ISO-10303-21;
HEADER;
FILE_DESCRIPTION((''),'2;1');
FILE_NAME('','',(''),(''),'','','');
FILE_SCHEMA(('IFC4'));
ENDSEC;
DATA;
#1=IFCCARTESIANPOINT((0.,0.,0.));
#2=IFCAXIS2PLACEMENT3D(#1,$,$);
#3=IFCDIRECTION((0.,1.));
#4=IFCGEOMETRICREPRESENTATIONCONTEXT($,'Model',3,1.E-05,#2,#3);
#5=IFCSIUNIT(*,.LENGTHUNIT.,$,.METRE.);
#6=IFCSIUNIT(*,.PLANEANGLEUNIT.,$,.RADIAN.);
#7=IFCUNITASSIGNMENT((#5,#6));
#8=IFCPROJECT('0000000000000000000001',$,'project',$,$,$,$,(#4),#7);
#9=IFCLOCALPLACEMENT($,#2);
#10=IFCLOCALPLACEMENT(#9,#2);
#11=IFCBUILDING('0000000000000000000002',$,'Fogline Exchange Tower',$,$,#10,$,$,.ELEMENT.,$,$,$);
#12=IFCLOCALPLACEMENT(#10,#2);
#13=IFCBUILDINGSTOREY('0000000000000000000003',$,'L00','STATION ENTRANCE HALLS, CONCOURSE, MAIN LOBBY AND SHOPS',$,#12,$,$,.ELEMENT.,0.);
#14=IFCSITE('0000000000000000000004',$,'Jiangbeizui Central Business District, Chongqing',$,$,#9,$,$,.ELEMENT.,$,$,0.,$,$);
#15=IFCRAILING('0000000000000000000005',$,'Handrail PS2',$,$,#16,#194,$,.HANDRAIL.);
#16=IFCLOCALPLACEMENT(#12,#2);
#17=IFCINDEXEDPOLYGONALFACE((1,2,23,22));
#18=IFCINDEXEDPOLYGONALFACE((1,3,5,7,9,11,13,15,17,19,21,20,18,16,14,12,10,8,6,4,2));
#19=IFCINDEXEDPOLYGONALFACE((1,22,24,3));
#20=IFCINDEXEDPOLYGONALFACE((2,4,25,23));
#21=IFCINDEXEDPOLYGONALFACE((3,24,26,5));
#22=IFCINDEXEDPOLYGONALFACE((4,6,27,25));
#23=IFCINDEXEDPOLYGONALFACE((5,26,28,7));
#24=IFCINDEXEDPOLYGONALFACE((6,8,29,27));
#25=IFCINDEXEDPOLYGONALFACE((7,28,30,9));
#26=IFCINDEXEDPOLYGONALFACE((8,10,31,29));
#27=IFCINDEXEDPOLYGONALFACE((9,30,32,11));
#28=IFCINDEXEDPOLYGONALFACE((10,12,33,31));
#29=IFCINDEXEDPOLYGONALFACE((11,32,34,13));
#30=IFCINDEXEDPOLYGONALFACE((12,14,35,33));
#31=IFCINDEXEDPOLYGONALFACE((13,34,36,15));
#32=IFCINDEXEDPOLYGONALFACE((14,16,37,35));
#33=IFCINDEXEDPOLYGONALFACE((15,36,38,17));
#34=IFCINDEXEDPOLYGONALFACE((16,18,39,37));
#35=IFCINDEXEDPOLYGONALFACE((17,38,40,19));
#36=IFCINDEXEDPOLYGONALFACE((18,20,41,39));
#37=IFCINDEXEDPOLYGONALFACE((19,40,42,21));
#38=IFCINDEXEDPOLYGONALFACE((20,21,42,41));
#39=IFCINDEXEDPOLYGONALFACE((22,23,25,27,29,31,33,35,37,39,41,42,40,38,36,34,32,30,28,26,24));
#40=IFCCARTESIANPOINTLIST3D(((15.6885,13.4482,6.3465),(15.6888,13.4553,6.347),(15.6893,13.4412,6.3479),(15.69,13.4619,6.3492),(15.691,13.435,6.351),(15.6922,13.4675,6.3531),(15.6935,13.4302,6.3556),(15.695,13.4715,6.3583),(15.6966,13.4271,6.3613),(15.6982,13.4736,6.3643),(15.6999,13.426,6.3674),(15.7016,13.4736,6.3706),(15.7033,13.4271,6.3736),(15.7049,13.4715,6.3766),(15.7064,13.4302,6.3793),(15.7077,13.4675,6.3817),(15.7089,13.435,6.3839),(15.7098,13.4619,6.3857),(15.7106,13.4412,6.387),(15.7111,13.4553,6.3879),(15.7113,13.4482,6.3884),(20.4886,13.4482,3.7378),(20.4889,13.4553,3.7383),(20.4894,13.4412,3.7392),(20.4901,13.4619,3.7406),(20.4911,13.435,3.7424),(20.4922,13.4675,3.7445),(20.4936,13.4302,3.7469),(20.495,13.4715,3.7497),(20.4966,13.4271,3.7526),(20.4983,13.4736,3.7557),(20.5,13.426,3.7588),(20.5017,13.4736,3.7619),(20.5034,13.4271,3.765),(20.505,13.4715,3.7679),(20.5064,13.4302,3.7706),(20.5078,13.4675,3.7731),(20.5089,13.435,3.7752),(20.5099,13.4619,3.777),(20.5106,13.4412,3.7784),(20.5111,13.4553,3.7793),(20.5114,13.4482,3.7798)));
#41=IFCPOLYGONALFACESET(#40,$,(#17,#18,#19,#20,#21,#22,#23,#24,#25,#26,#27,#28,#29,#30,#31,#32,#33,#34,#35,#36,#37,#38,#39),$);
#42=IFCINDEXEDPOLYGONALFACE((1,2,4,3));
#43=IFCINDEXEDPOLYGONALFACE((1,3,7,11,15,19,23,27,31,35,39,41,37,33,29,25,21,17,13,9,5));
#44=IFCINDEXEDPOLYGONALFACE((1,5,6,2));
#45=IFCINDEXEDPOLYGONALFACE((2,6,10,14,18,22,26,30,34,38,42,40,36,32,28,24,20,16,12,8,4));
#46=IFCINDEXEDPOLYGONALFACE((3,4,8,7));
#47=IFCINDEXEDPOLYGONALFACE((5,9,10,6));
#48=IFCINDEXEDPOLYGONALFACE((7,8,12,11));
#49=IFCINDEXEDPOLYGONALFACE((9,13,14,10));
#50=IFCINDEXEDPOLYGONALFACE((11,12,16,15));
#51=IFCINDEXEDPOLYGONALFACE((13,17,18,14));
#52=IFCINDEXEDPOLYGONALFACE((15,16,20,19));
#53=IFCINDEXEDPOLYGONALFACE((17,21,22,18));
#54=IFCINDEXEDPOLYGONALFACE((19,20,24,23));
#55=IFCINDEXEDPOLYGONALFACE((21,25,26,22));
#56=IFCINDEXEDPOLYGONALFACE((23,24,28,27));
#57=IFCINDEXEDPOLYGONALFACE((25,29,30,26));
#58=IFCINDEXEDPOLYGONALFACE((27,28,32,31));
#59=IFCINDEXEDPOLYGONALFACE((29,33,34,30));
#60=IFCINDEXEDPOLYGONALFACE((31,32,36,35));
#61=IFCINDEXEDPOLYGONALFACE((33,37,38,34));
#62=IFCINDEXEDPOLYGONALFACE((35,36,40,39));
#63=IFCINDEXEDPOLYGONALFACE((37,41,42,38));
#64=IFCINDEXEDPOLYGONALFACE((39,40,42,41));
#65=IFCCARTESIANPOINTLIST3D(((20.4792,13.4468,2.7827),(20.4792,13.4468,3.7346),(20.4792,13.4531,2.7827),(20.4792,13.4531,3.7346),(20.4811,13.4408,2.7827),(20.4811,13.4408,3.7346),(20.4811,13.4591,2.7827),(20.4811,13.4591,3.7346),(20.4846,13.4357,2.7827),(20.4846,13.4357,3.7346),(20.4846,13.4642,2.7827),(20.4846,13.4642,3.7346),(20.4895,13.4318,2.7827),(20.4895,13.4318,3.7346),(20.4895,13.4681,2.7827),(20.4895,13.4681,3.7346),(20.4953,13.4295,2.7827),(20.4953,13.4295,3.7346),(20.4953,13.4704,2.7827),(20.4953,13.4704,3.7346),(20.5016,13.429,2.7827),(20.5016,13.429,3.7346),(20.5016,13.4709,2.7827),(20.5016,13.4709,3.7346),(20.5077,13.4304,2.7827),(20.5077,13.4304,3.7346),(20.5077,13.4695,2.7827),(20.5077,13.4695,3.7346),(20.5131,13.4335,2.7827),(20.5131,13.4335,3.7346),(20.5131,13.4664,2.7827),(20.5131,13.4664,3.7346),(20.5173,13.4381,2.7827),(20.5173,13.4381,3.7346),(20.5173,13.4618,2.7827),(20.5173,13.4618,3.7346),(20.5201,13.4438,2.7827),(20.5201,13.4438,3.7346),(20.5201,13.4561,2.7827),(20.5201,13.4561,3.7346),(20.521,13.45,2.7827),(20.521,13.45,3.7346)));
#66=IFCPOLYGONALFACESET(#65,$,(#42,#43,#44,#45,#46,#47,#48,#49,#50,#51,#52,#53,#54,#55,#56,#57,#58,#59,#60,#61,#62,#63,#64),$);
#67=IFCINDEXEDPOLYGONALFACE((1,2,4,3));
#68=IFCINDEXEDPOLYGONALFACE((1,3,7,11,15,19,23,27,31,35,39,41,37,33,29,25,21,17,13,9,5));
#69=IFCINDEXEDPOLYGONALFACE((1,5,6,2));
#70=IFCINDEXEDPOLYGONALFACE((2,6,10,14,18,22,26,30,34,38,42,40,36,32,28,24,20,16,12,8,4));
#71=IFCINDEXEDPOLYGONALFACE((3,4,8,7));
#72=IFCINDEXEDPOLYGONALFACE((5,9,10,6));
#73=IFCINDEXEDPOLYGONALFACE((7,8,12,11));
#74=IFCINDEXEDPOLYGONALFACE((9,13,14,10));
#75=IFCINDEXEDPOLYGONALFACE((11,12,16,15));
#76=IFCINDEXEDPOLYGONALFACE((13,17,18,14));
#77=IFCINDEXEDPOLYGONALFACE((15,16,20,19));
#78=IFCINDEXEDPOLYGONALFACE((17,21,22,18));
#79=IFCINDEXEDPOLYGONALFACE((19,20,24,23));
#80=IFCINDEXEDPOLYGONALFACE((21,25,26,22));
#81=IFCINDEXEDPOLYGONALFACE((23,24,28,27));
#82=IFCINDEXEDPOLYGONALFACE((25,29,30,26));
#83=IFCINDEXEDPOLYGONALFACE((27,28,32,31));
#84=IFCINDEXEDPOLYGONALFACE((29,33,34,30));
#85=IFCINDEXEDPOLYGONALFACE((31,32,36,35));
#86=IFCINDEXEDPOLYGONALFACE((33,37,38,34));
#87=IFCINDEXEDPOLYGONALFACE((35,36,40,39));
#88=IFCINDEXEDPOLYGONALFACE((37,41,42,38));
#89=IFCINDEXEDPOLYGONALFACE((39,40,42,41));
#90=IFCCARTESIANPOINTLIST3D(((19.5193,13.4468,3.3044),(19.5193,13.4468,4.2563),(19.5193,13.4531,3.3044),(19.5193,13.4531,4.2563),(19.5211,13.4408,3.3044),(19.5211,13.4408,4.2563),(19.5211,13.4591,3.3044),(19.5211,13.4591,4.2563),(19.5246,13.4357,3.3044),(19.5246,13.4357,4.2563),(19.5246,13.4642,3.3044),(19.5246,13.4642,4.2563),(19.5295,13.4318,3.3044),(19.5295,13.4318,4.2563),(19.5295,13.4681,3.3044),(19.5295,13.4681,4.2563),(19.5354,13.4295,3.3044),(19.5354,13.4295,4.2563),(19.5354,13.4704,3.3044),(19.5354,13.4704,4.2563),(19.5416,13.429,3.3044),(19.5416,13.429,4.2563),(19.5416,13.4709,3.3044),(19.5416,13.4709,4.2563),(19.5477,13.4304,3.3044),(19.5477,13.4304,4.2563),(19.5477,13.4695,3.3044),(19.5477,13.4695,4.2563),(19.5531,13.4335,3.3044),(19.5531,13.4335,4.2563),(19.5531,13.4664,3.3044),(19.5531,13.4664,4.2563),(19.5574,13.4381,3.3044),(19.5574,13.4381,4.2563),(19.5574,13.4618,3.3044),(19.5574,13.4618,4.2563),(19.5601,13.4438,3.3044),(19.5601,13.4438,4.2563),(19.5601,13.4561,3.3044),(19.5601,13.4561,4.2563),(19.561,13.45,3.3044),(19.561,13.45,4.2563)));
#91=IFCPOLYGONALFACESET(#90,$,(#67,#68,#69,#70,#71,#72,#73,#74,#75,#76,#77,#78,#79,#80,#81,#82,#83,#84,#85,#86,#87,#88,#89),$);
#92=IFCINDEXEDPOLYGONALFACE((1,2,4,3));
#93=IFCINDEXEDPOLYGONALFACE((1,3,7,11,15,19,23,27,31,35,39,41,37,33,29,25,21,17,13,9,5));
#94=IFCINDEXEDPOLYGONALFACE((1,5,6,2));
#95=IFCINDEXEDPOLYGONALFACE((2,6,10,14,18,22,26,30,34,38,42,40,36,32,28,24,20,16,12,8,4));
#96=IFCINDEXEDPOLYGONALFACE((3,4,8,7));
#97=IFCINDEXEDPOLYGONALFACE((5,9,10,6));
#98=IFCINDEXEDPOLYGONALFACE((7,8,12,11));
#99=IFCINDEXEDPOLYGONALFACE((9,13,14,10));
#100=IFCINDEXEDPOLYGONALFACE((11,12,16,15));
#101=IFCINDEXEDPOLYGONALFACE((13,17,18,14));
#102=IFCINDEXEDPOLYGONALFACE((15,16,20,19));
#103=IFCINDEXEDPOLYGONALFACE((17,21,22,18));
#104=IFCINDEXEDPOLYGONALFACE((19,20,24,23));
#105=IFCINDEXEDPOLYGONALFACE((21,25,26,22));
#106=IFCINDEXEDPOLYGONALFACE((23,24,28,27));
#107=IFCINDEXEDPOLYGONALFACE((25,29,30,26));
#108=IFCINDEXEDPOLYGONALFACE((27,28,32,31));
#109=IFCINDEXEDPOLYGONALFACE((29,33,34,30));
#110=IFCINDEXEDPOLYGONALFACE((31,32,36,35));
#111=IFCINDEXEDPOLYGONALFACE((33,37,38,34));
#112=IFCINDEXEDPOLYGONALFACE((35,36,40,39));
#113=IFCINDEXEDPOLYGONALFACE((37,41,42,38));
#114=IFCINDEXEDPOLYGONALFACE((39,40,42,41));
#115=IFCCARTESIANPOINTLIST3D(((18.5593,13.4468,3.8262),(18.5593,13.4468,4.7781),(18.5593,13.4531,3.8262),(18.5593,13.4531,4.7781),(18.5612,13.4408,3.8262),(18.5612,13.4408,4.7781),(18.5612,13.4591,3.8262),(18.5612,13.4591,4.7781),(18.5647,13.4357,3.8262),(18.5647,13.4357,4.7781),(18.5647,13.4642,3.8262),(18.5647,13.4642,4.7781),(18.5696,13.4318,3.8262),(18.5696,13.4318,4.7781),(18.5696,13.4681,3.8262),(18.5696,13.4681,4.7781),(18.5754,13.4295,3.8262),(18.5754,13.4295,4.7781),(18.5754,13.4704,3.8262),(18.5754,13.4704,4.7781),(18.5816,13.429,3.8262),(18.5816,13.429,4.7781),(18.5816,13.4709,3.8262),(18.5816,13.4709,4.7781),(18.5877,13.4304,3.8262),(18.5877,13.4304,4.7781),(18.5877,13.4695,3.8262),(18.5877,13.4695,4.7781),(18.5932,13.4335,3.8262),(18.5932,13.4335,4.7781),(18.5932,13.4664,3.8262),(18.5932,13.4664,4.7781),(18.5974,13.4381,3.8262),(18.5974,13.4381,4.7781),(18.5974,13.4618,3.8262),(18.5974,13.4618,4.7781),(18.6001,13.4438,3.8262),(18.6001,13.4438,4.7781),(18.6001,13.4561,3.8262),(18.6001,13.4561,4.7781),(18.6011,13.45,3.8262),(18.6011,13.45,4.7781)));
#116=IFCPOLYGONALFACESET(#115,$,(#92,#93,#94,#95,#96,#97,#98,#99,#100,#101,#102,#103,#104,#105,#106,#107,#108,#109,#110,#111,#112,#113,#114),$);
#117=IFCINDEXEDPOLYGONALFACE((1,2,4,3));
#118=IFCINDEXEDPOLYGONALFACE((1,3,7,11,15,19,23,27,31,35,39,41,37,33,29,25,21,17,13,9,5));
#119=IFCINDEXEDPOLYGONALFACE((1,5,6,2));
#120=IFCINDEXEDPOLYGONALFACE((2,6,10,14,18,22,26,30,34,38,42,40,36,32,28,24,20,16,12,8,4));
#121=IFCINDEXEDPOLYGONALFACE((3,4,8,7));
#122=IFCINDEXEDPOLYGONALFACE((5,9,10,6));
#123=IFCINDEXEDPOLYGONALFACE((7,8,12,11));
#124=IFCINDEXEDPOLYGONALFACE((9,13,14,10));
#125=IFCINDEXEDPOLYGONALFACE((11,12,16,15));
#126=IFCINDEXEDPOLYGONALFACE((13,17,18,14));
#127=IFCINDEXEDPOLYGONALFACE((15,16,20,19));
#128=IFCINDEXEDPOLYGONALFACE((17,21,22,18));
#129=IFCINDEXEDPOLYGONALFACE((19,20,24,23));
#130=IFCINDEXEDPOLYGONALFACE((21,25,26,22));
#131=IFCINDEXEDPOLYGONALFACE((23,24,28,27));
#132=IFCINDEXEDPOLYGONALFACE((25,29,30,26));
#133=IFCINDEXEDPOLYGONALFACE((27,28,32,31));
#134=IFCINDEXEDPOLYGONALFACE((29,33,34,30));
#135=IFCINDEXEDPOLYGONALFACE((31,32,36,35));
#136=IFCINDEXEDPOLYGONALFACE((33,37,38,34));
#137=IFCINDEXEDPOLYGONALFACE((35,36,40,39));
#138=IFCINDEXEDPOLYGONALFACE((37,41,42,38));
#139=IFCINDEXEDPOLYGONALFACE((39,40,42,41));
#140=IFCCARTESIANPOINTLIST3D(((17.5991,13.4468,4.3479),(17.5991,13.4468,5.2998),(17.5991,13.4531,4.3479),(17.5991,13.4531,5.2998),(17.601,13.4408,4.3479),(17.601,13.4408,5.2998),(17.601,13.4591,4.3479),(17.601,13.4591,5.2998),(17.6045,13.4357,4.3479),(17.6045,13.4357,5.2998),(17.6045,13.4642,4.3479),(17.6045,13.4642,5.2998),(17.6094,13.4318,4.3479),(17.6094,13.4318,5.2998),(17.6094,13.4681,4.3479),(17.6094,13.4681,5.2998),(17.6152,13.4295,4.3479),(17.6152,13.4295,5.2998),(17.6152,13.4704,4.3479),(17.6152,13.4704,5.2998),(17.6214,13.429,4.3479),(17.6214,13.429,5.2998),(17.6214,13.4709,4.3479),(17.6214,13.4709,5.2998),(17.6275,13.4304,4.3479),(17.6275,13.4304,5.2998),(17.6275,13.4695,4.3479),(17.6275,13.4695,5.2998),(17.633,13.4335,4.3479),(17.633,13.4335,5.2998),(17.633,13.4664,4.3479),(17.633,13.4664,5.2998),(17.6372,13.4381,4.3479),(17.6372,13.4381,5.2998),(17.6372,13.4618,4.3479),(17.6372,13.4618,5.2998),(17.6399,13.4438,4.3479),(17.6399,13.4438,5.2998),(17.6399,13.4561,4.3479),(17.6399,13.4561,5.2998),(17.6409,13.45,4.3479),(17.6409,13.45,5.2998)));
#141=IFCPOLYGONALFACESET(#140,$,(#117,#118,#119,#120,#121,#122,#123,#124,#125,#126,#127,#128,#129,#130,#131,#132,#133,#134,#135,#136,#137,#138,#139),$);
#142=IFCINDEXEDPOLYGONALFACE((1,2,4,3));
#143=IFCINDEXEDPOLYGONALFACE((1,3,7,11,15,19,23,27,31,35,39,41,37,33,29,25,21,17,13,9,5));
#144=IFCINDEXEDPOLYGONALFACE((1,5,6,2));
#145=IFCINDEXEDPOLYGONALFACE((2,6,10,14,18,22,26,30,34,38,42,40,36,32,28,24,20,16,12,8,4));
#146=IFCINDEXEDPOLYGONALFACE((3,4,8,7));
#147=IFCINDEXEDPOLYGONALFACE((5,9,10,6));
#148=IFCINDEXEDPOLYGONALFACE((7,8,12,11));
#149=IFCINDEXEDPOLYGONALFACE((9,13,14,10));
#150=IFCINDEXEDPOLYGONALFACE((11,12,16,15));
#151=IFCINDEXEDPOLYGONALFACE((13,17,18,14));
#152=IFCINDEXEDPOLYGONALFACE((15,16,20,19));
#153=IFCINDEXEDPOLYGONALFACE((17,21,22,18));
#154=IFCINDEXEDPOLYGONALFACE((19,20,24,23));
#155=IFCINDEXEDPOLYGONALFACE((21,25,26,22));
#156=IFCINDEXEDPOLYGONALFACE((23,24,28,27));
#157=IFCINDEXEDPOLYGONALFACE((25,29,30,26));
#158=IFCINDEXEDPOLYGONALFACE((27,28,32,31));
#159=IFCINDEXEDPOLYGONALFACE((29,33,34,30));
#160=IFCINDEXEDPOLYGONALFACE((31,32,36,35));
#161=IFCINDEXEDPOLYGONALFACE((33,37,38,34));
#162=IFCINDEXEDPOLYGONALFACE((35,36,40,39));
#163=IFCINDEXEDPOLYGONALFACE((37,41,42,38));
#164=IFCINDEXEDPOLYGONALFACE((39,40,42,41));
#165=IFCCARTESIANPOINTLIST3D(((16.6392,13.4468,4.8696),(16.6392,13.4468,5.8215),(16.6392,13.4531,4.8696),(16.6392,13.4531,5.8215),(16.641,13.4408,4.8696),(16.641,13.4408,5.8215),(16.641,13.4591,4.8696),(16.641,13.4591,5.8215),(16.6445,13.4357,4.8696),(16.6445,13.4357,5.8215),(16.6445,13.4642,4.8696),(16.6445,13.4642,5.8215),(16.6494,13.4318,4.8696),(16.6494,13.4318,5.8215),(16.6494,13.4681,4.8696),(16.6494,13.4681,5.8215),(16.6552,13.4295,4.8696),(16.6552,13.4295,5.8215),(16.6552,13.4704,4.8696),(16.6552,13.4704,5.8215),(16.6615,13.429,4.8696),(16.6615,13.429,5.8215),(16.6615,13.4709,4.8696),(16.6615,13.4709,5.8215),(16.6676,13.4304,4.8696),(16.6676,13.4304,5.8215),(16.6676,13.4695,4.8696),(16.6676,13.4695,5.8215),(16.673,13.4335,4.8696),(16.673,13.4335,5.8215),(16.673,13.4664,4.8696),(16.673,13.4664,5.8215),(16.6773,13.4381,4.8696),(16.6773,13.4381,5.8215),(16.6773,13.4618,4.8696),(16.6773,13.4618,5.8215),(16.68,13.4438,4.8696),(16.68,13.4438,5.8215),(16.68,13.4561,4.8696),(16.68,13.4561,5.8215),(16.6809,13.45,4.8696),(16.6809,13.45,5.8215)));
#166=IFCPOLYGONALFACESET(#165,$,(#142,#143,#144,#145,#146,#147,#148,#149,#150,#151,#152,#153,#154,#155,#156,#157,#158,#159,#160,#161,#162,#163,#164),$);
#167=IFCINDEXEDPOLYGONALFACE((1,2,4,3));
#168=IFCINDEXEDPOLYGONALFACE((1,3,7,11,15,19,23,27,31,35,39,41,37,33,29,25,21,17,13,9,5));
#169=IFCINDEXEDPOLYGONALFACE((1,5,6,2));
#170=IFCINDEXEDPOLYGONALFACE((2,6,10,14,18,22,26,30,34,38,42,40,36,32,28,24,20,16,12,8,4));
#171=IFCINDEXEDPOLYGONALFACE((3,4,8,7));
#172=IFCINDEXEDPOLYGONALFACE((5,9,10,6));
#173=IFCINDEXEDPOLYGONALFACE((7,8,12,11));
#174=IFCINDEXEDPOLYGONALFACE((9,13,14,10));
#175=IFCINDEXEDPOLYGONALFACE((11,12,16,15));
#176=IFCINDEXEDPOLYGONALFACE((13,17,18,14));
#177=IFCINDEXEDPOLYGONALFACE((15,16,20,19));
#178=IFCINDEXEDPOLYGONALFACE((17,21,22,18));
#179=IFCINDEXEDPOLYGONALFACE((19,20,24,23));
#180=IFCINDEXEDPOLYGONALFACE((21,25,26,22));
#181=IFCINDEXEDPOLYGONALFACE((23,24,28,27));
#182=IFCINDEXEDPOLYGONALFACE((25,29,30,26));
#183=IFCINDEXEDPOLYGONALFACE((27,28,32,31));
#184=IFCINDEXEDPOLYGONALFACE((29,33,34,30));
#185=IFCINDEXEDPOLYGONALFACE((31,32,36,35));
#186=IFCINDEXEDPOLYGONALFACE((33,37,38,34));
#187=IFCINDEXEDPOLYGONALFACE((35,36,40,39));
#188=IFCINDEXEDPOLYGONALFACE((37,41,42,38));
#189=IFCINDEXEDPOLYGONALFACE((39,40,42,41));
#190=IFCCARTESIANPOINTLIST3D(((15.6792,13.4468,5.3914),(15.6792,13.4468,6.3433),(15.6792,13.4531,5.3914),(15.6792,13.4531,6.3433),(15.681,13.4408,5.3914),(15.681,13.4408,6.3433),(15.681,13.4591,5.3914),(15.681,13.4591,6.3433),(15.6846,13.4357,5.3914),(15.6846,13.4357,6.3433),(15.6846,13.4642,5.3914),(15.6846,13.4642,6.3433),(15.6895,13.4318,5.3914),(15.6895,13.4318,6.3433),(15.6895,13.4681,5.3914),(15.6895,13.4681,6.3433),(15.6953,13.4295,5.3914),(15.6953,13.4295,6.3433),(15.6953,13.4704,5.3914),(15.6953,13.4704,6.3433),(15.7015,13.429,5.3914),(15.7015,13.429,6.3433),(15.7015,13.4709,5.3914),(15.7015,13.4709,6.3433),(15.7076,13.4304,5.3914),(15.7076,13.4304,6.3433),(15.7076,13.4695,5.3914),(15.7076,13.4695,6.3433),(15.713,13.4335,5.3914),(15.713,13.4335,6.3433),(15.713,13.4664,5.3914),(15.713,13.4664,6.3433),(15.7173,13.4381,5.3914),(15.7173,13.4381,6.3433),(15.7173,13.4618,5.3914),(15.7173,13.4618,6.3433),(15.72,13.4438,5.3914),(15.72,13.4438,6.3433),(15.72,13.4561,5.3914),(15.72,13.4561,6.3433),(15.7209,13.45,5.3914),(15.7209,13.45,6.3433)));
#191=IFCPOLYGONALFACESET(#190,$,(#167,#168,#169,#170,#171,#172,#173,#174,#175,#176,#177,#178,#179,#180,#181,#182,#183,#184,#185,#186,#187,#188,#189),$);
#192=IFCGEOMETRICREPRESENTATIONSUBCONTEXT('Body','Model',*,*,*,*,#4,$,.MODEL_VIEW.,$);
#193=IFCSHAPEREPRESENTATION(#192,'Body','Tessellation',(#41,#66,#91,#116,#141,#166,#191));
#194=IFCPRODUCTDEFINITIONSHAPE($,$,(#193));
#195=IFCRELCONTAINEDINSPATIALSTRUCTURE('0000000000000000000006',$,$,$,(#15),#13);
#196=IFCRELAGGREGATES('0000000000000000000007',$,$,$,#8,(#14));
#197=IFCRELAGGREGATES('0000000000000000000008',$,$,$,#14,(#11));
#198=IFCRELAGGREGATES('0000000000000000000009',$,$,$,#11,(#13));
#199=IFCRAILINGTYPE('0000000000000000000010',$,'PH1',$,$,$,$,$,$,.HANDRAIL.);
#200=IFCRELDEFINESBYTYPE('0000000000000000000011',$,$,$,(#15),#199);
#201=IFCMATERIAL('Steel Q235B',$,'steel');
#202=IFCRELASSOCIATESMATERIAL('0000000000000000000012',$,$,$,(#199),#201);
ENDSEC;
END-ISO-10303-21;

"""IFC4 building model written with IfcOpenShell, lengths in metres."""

from ifc_helpers import new_model, si_unit, direction, frame, origin, origin_2d, place, context, subcontext, project, spatial, circle, extrude, material, type_object, element, save


model = new_model("IFC4")

# Units and contexts
model_context = context("Model", 3, precision=1e-05, world=origin(), true_north=direction((0.0, 1.0)))
body_context = subcontext(model_context, "Body", "Model", "MODEL_VIEW")
ifc_project = project(units=[si_unit("LENGTHUNIT", "METRE"), si_unit("PLANEANGLEUNIT", "RADIAN")], contexts=[model_context])

# Site, building, storey
site_placement = place(None, origin())
site = spatial("IfcSite", under=ifc_project, at=site_placement, Name="Jiangbeizui Central Business District, Chongqing", CompositionType="ELEMENT", RefElevation=0.0)
building_placement = place(site_placement, origin())
building = spatial("IfcBuilding", under=site, at=building_placement, Name="Fogline Exchange Tower", CompositionType="ELEMENT")
storey_placement = place(building_placement, origin())
storey = spatial("IfcBuildingStorey", under=building, at=storey_placement, Name="L00", Description="STATION ENTRANCE HALLS, CONCOURSE, MAIN LOBBY AND SHOPS", CompositionType="ELEMENT", Elevation=0.0)

# Railing
ifc_material_1 = material(Name="Steel Q235B", Category="steel")
railing_type_1 = type_object("IfcRailingType", Name="PH1", PredefinedType="HANDRAIL", material=ifc_material_1)
for number, where, name in (
    (1, (20.5, 13.45, 2.7827), "Handrail PS2"),
):
    element("IfcRailing", number, at=place(storey_placement, frame(where)), inside=storey, type_object=railing_type_1, Name=name, PredefinedType="HANDRAIL", context=body_context, shape_type="SweptSolid", body=[
        extrude(circle(Radius=0.0239, at=origin_2d()), frame((0.0, 0.0, 0.9761), z_axis=(-0.878631, 0.0, 0.477502), x_axis=(0.0, -1.0, 0.0)), (0.0, 0.0, 1.0), 5.4631),
        extrude(circle(Radius=0.021, at=origin_2d()), origin(), (0.0, 0.0, 1.0), 0.9519),
        extrude(circle(Radius=0.021, at=origin_2d()), frame((-0.96, 0.0, 0.5217)), (0.0, 0.0, 1.0), 0.9519),
        extrude(circle(Radius=0.021, at=origin_2d()), frame((-1.9199, 0.0, 1.0435)), (0.0, 0.0, 1.0), 0.9519),
        extrude(circle(Radius=0.021, at=origin_2d()), frame((-2.8801, 0.0, 1.5652)), (0.0, 0.0, 1.0), 0.9519),
        extrude(circle(Radius=0.021, at=origin_2d()), frame((-3.8401, 0.0, 2.0869)), (0.0, 0.0, 1.0), 0.9519),
        extrude(circle(Radius=0.021, at=origin_2d()), frame((-4.8, 0.0, 2.6086)), (0.0, 0.0, 1.0), 0.9519),
    ])

save(model, "model.ifc")
